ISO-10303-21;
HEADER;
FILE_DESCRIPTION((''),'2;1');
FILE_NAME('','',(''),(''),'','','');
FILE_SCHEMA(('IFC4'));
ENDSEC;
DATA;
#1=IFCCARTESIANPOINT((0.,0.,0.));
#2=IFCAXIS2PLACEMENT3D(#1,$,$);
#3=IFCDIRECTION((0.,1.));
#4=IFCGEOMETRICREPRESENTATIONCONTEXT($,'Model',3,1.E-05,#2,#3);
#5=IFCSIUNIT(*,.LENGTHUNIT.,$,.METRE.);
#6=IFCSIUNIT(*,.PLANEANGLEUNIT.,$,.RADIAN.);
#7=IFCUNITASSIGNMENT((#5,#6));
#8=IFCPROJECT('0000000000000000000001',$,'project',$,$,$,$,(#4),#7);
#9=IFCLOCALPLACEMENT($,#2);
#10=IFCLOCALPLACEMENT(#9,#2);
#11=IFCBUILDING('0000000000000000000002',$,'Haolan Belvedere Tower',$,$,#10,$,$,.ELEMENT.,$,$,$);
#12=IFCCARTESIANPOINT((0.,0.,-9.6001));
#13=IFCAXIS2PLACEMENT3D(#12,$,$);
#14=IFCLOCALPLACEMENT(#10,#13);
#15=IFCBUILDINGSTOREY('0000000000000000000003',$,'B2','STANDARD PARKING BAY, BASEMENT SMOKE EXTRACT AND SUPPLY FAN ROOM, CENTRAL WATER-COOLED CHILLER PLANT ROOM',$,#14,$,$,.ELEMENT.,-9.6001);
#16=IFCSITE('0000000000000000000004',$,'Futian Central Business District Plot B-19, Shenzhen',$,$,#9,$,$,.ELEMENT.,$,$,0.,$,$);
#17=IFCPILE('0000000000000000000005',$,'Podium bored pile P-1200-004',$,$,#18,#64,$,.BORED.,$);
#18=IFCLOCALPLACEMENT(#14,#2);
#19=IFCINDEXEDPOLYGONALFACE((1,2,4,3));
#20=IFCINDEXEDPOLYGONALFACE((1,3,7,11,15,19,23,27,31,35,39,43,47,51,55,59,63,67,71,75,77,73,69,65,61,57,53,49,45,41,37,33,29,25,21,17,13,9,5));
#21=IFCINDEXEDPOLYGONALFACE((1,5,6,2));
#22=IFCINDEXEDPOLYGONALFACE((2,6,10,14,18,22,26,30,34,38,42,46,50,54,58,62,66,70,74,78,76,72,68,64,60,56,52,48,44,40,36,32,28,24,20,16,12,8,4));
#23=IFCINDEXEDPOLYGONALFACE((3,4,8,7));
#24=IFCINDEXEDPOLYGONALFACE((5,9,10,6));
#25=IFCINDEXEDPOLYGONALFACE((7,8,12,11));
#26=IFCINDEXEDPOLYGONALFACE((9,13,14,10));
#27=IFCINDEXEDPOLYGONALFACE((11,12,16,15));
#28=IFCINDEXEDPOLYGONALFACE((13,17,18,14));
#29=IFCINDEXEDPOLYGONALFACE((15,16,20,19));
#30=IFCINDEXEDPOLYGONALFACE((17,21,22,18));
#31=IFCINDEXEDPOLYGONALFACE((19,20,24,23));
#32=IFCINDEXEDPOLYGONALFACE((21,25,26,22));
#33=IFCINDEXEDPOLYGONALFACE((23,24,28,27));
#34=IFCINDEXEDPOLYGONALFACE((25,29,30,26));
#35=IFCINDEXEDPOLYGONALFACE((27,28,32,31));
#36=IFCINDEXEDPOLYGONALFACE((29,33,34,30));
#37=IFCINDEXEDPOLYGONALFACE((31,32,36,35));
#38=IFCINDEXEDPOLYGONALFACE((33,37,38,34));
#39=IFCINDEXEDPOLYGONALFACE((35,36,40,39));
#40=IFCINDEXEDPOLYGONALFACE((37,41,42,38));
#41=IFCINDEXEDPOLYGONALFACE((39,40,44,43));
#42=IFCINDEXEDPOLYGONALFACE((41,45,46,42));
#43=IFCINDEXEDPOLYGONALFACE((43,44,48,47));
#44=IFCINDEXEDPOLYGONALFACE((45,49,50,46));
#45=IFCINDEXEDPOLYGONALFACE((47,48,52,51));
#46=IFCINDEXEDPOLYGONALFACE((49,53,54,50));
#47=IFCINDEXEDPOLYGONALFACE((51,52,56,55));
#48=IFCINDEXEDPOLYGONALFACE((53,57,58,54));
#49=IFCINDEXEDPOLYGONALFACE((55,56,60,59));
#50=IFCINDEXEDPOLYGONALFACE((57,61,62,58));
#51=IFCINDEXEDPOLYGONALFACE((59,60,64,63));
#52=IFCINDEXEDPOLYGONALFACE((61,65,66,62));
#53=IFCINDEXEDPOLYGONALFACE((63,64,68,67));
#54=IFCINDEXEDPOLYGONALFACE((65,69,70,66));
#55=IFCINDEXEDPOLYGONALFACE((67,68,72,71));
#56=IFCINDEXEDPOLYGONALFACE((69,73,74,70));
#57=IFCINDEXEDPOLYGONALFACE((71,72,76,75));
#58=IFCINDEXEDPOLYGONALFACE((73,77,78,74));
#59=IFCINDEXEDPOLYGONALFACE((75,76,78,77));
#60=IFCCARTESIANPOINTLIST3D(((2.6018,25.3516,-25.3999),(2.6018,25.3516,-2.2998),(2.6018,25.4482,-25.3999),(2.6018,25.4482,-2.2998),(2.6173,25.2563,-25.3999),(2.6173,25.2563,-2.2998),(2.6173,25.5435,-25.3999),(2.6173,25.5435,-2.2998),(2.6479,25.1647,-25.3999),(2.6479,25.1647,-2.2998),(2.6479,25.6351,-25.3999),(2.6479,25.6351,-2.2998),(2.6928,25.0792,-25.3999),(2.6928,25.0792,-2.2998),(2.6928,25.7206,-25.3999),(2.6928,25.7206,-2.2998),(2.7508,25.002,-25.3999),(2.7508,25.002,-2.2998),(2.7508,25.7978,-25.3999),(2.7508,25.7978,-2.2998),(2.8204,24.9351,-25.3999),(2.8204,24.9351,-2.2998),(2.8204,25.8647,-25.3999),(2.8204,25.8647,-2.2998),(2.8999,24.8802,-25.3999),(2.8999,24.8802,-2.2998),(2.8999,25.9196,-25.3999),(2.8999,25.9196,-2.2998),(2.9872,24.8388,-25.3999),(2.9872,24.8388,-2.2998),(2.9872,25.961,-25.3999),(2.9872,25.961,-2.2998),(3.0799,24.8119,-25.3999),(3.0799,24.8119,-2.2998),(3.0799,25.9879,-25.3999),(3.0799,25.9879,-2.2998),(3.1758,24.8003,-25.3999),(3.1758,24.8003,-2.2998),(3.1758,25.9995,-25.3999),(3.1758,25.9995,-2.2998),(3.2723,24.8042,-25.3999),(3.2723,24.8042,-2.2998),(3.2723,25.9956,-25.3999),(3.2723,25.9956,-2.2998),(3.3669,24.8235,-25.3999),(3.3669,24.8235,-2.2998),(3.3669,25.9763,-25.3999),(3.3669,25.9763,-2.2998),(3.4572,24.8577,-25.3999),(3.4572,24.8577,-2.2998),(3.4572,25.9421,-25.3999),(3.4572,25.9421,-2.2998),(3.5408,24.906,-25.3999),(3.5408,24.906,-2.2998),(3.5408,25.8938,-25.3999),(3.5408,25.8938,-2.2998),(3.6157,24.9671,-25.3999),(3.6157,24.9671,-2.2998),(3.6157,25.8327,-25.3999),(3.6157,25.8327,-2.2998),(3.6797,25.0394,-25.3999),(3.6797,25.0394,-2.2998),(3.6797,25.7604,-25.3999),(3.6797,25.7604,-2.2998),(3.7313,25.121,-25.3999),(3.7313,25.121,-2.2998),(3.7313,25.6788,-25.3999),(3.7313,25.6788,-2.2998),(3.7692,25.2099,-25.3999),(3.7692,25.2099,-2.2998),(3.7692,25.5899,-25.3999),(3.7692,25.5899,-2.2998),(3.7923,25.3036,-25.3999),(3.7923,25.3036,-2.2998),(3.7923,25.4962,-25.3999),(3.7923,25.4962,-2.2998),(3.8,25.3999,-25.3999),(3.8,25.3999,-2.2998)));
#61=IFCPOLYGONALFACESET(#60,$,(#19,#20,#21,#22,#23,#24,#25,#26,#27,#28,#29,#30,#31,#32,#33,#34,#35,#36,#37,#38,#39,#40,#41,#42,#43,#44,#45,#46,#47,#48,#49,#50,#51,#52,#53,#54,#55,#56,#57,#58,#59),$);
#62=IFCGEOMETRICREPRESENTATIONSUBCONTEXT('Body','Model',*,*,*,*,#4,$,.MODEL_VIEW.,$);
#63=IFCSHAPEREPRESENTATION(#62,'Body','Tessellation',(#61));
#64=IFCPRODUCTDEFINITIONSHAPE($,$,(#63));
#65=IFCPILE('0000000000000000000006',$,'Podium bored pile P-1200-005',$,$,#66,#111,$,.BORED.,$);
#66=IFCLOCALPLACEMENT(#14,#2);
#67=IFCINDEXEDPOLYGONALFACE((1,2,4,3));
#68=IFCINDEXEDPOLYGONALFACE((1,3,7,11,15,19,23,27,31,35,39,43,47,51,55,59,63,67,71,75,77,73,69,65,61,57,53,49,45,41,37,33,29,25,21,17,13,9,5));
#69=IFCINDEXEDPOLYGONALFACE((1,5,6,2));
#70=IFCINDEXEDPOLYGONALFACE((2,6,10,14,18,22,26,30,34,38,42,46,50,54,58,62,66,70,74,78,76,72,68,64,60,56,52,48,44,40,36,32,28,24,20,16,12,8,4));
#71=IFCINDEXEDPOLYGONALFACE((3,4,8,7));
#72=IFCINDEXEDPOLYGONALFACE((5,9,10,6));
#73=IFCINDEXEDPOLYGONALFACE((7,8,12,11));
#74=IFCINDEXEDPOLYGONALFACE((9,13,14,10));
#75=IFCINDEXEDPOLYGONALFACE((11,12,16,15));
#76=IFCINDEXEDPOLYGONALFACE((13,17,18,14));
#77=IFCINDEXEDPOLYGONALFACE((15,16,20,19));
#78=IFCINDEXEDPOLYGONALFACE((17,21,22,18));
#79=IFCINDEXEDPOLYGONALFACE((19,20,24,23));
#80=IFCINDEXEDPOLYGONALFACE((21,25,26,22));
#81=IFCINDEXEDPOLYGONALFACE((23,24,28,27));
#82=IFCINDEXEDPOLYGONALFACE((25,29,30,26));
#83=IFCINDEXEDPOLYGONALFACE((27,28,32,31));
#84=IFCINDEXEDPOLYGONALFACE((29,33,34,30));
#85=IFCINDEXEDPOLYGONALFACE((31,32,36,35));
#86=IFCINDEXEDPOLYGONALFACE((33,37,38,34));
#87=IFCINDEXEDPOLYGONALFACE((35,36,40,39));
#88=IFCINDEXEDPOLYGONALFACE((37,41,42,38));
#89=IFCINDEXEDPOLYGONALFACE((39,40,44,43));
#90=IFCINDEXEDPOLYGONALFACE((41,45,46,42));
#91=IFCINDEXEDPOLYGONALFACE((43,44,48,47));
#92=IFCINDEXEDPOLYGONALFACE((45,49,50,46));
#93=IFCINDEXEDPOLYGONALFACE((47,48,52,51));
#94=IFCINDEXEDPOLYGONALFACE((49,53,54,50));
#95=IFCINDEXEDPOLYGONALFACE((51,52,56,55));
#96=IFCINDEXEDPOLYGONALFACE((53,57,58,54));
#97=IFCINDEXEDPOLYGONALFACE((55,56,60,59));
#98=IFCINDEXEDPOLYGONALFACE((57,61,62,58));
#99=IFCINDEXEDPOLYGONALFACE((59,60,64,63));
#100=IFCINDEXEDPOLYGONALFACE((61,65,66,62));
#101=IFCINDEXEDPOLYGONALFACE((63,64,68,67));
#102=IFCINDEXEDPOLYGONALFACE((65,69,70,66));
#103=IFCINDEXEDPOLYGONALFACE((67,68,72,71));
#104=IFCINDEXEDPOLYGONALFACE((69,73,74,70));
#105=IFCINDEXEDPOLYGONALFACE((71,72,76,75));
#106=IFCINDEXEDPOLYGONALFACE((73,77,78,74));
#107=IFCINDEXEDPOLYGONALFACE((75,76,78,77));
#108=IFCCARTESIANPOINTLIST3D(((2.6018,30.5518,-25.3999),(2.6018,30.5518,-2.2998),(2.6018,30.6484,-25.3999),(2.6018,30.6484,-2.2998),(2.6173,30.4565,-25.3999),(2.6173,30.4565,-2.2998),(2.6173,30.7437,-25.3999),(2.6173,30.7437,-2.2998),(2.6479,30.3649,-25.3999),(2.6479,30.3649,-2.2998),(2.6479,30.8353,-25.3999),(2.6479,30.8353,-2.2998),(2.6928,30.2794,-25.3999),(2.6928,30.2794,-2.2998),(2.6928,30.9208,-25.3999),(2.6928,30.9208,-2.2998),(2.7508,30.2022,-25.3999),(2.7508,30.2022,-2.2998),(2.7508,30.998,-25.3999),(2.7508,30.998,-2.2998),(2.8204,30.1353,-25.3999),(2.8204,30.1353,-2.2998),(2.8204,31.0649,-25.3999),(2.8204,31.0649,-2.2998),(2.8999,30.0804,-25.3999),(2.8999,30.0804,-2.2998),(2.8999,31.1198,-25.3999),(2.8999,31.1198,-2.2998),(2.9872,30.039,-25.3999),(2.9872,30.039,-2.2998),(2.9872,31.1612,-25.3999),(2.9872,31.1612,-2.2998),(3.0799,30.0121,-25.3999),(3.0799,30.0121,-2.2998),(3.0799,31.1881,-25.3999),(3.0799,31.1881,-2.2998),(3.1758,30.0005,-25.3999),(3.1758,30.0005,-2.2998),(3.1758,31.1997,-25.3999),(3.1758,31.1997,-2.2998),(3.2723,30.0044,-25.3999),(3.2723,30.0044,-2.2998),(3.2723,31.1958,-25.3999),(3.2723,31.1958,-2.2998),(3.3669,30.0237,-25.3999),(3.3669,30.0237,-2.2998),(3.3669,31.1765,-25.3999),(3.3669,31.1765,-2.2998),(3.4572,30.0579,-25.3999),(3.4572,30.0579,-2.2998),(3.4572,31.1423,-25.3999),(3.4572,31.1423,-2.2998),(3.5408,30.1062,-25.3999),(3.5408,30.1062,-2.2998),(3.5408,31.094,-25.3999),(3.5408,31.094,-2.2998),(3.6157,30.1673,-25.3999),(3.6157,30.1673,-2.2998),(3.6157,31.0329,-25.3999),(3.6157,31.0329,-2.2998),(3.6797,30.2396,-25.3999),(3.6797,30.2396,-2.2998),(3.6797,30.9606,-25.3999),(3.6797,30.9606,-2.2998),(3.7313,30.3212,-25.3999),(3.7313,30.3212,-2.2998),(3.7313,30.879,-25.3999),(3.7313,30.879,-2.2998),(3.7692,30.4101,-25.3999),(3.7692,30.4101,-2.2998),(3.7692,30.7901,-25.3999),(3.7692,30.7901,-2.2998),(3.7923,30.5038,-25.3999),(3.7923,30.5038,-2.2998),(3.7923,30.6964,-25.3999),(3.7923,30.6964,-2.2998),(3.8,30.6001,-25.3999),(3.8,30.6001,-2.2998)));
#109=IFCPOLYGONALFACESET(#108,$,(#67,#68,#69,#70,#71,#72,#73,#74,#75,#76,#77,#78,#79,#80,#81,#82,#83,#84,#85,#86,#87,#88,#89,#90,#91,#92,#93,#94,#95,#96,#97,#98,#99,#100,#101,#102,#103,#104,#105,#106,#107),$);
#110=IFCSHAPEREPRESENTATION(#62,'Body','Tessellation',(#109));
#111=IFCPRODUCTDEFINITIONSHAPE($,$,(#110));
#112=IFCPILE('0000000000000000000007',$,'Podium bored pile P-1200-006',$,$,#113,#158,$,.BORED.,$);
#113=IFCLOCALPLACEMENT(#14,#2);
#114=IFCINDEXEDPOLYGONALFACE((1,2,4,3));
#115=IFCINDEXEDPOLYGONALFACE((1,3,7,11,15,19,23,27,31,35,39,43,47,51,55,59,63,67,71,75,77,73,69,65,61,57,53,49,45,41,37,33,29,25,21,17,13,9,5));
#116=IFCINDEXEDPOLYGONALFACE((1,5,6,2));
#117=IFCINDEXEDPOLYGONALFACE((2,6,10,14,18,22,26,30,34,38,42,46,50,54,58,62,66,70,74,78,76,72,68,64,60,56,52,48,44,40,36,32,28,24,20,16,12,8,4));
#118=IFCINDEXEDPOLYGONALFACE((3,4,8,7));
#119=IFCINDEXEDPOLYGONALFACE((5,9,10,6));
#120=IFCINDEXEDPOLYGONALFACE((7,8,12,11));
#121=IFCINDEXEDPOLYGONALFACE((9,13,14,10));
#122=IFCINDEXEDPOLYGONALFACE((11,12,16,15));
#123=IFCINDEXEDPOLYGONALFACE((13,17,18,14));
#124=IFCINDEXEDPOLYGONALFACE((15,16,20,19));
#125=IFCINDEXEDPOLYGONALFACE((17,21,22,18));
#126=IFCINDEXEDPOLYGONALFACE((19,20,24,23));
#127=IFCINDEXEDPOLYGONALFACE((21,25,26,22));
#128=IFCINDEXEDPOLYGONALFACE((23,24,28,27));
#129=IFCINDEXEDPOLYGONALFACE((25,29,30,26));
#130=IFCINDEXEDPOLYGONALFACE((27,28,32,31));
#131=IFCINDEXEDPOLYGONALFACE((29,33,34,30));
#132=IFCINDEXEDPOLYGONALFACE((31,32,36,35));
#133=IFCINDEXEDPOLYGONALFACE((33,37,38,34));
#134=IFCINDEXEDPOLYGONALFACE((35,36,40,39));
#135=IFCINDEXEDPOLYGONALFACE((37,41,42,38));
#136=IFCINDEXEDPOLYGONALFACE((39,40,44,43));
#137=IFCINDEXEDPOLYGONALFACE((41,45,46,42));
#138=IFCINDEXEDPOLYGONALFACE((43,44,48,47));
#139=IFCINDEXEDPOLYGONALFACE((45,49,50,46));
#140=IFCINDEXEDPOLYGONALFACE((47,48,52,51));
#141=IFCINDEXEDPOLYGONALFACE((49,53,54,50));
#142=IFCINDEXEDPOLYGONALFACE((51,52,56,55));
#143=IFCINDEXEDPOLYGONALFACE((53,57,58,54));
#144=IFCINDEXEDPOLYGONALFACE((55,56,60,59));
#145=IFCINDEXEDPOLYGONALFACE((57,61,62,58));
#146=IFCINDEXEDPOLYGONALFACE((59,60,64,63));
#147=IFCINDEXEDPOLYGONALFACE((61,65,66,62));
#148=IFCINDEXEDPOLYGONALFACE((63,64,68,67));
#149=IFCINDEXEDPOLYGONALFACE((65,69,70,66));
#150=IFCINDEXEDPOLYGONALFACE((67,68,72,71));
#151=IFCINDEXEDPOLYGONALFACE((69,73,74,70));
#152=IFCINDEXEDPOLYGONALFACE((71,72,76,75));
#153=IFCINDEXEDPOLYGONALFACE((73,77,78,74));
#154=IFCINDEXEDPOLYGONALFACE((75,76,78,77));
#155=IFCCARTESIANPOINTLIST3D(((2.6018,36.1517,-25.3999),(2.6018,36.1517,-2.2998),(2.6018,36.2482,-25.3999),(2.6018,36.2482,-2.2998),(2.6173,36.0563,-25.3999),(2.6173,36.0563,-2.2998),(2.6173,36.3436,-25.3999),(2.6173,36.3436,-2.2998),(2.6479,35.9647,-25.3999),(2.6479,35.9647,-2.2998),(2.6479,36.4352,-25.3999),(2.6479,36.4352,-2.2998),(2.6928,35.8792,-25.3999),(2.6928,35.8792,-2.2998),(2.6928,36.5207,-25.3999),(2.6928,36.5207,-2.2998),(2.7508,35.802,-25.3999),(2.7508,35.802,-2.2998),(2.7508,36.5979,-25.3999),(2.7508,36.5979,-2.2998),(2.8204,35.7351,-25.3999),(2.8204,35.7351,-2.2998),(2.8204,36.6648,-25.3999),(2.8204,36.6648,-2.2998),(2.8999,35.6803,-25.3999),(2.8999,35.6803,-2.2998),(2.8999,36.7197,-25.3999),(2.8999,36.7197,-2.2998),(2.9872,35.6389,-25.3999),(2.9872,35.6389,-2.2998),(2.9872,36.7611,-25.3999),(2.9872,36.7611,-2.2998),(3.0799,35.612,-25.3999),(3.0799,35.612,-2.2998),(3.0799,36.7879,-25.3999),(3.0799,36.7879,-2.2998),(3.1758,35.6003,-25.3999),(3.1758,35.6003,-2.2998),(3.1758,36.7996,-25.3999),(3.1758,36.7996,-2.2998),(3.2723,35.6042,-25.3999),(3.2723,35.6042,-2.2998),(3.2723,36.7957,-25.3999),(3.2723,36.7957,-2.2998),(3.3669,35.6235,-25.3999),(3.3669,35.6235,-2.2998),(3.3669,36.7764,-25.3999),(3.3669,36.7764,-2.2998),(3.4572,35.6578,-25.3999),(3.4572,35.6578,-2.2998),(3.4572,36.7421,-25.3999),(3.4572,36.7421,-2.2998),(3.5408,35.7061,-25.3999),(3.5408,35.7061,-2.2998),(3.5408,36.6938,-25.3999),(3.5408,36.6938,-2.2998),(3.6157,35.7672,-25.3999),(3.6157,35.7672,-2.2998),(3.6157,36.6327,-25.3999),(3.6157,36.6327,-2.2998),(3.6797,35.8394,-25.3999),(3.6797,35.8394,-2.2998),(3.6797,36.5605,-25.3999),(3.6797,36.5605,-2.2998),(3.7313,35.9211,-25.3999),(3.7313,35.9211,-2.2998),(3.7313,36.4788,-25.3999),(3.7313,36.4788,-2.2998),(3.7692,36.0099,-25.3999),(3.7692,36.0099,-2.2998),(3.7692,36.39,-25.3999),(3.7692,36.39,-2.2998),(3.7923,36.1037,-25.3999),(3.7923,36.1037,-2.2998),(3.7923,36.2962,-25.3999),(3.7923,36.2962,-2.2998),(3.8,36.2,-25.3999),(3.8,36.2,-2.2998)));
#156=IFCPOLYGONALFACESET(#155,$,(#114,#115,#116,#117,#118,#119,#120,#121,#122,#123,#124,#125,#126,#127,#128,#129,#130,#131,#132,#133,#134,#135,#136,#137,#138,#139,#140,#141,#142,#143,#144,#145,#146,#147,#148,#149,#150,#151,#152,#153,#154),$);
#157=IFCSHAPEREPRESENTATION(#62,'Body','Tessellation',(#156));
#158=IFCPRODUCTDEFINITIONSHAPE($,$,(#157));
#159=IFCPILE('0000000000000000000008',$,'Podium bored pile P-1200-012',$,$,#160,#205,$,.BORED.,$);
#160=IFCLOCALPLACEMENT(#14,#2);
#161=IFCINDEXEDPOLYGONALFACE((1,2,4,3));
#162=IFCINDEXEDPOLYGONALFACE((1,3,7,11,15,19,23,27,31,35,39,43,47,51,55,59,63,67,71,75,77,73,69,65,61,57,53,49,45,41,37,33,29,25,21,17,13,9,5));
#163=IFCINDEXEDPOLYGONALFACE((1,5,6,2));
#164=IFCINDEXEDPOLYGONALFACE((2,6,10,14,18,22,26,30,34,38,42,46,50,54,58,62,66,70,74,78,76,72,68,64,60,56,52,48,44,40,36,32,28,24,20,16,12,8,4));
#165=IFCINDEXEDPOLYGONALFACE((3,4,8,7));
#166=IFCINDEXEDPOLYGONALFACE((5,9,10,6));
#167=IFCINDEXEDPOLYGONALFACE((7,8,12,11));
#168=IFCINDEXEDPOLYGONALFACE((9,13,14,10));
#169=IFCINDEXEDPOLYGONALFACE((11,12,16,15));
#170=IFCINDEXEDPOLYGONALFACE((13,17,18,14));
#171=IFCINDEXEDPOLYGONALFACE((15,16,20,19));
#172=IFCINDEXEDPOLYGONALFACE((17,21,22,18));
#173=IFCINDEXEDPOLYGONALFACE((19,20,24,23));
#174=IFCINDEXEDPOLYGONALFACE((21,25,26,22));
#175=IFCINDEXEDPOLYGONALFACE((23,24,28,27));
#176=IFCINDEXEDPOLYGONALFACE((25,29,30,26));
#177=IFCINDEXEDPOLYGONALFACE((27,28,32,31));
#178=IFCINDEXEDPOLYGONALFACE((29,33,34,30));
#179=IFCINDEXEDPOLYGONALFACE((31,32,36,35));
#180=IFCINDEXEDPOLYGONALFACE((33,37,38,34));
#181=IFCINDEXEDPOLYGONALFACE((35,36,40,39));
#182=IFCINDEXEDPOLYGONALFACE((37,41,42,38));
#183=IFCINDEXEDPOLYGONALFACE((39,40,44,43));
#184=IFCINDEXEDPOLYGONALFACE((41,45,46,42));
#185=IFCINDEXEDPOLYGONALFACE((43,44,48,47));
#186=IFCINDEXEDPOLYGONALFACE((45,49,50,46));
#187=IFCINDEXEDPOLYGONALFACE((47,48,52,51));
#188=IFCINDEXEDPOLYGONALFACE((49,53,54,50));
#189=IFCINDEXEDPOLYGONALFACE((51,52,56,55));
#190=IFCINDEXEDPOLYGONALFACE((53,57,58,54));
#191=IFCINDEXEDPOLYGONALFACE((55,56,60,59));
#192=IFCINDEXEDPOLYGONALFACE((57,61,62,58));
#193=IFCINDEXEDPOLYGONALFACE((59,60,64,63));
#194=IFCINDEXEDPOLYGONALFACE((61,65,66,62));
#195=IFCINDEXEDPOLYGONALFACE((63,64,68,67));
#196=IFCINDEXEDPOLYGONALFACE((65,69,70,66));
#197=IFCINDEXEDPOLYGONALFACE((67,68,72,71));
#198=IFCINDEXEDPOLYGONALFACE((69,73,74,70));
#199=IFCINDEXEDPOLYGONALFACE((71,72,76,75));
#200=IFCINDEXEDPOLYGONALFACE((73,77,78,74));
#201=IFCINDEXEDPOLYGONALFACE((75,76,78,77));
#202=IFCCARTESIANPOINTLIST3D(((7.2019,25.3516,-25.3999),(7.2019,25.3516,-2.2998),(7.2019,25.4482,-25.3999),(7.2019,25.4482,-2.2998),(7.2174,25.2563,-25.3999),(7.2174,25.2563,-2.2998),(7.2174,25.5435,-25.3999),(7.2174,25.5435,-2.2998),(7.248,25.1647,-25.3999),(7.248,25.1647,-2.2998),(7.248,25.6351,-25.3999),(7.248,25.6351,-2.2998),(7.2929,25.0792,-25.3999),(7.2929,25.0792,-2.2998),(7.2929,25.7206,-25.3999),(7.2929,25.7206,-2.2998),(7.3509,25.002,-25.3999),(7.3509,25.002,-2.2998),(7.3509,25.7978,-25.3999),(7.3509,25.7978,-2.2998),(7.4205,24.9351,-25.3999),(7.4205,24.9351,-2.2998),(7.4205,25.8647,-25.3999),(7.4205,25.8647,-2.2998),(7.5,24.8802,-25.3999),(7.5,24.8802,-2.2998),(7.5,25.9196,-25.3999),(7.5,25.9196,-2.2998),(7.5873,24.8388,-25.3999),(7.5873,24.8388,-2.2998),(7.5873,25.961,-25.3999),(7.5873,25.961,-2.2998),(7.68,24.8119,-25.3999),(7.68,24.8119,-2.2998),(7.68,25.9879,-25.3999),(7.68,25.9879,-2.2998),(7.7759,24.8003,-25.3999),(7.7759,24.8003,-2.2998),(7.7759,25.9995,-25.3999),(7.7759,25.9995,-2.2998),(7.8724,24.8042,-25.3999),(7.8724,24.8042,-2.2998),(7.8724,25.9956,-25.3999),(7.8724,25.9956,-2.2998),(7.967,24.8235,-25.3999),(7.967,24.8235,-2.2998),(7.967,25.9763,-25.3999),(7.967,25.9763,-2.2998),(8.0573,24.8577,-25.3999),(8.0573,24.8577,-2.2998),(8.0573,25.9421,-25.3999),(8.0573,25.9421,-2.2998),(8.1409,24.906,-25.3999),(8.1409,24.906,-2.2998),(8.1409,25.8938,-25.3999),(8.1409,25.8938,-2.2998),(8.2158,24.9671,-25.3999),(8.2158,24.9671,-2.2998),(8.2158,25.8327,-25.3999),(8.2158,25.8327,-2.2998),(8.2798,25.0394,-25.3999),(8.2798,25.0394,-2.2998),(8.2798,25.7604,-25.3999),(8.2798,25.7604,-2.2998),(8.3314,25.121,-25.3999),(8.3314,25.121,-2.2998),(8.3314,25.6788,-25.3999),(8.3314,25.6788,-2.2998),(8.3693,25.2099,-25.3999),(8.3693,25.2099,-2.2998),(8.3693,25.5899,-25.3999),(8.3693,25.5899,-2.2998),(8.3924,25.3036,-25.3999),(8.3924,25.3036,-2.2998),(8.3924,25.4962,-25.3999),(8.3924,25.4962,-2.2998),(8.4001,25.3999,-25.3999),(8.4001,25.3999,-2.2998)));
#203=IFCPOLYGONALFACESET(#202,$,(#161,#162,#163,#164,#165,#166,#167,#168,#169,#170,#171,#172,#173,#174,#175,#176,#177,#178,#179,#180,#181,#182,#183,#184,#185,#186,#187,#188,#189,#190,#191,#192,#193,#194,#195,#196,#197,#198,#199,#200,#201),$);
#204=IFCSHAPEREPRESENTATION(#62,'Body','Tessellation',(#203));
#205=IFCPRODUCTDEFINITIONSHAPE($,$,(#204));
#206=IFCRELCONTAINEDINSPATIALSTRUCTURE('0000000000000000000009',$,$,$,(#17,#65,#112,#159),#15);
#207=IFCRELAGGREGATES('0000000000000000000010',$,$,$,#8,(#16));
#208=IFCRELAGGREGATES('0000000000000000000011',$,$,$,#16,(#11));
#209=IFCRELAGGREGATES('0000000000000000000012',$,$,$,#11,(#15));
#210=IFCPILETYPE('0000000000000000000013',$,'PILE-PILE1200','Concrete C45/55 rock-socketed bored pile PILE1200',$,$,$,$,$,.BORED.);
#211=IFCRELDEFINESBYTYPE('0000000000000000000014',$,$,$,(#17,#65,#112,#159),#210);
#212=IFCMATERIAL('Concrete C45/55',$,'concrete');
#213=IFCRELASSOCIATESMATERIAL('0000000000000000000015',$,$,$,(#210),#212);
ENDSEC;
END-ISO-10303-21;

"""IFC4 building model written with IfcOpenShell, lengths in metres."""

from ifc_helpers import new_model, si_unit, direction, frame, origin, origin_2d, place, context, subcontext, project, spatial, circle, extrude, material, material_profile, profile_set, type_object, element, save


model = new_model("IFC4")

# Units and contexts
model_context = context("Model", 3, precision=1e-05, world=origin(), true_north=direction((0.0, 1.0)))
body_context = subcontext(model_context, "Body", "Model", "MODEL_VIEW")
ifc_project = project(units=[si_unit("LENGTHUNIT", "METRE"), si_unit("PLANEANGLEUNIT", "RADIAN")], contexts=[model_context])

# Site, building, storey
site_placement = place(None, origin())
site = spatial("IfcSite", under=ifc_project, at=site_placement, Name="Futian Central Business District Plot B-19, Shenzhen", CompositionType="ELEMENT", RefElevation=0.0)
building_placement = place(site_placement, origin())
building = spatial("IfcBuilding", under=site, at=building_placement, Name="Haolan Belvedere Tower", CompositionType="ELEMENT")
storey_placement = place(building_placement, frame((0.0, 0.0, -9.6001)))
storey = spatial("IfcBuildingStorey", under=building, at=storey_placement, Name="B2", Description="STANDARD PARKING BAY, BASEMENT SMOKE EXTRACT AND SUPPLY FAN ROOM, CENTRAL WATER-COOLED CHILLER PLANT ROOM", CompositionType="ELEMENT", Elevation=-9.6001)

# Piles
ifc_material_1 = material(Name="Concrete C45/55", Category="concrete")
ifc_material_profile_1 = material_profile(ifc_material_1, circle(Radius=0.6001, at=origin_2d()), Name="Concrete C45/55")
ifc_profile_set_1 = profile_set([ifc_material_profile_1], Name="Concrete C45/55")
pile_type_1 = type_object("IfcPileType", Name="PILE-PILE1200", Description="Concrete C45/55 rock-socketed bored pile PILE1200", PredefinedType="BORED", material=ifc_profile_set_1)
for number, where, z_axis, x_axis, name in (
    (1, (3.2, 25.3999, -2.2998), (0.0, 0.0, -1.0), (1.0, 0.0, 0.0), "Podium bored pile P-1200-004"),
    (2, (3.2, 30.6001, -2.2998), (0.0, 0.0, -1.0), (1.0, 0.0, 0.0), "Podium bored pile P-1200-005"),
    (3, (3.2, 36.2, -2.2998), (0.0, 0.0, -1.0), (1.0, 0.0, 0.0), "Podium bored pile P-1200-006"),
    (4, (7.8, 25.3999, -2.2998), (0.0, 0.0, -1.0), (1.0, 0.0, 0.0), "Podium bored pile P-1200-012"),
):
    element("IfcPile", number, at=place(storey_placement, frame(where, z_axis=z_axis, x_axis=x_axis)), inside=storey, type_object=pile_type_1, Name=name, PredefinedType="BORED", context=body_context, shape_type="SweptSolid", body=[
        extrude(circle(Radius=0.6001, at=origin_2d()), origin(), (0.0, 0.0, 1.0), 23.1001),
    ])

save(model, "model.ifc")
